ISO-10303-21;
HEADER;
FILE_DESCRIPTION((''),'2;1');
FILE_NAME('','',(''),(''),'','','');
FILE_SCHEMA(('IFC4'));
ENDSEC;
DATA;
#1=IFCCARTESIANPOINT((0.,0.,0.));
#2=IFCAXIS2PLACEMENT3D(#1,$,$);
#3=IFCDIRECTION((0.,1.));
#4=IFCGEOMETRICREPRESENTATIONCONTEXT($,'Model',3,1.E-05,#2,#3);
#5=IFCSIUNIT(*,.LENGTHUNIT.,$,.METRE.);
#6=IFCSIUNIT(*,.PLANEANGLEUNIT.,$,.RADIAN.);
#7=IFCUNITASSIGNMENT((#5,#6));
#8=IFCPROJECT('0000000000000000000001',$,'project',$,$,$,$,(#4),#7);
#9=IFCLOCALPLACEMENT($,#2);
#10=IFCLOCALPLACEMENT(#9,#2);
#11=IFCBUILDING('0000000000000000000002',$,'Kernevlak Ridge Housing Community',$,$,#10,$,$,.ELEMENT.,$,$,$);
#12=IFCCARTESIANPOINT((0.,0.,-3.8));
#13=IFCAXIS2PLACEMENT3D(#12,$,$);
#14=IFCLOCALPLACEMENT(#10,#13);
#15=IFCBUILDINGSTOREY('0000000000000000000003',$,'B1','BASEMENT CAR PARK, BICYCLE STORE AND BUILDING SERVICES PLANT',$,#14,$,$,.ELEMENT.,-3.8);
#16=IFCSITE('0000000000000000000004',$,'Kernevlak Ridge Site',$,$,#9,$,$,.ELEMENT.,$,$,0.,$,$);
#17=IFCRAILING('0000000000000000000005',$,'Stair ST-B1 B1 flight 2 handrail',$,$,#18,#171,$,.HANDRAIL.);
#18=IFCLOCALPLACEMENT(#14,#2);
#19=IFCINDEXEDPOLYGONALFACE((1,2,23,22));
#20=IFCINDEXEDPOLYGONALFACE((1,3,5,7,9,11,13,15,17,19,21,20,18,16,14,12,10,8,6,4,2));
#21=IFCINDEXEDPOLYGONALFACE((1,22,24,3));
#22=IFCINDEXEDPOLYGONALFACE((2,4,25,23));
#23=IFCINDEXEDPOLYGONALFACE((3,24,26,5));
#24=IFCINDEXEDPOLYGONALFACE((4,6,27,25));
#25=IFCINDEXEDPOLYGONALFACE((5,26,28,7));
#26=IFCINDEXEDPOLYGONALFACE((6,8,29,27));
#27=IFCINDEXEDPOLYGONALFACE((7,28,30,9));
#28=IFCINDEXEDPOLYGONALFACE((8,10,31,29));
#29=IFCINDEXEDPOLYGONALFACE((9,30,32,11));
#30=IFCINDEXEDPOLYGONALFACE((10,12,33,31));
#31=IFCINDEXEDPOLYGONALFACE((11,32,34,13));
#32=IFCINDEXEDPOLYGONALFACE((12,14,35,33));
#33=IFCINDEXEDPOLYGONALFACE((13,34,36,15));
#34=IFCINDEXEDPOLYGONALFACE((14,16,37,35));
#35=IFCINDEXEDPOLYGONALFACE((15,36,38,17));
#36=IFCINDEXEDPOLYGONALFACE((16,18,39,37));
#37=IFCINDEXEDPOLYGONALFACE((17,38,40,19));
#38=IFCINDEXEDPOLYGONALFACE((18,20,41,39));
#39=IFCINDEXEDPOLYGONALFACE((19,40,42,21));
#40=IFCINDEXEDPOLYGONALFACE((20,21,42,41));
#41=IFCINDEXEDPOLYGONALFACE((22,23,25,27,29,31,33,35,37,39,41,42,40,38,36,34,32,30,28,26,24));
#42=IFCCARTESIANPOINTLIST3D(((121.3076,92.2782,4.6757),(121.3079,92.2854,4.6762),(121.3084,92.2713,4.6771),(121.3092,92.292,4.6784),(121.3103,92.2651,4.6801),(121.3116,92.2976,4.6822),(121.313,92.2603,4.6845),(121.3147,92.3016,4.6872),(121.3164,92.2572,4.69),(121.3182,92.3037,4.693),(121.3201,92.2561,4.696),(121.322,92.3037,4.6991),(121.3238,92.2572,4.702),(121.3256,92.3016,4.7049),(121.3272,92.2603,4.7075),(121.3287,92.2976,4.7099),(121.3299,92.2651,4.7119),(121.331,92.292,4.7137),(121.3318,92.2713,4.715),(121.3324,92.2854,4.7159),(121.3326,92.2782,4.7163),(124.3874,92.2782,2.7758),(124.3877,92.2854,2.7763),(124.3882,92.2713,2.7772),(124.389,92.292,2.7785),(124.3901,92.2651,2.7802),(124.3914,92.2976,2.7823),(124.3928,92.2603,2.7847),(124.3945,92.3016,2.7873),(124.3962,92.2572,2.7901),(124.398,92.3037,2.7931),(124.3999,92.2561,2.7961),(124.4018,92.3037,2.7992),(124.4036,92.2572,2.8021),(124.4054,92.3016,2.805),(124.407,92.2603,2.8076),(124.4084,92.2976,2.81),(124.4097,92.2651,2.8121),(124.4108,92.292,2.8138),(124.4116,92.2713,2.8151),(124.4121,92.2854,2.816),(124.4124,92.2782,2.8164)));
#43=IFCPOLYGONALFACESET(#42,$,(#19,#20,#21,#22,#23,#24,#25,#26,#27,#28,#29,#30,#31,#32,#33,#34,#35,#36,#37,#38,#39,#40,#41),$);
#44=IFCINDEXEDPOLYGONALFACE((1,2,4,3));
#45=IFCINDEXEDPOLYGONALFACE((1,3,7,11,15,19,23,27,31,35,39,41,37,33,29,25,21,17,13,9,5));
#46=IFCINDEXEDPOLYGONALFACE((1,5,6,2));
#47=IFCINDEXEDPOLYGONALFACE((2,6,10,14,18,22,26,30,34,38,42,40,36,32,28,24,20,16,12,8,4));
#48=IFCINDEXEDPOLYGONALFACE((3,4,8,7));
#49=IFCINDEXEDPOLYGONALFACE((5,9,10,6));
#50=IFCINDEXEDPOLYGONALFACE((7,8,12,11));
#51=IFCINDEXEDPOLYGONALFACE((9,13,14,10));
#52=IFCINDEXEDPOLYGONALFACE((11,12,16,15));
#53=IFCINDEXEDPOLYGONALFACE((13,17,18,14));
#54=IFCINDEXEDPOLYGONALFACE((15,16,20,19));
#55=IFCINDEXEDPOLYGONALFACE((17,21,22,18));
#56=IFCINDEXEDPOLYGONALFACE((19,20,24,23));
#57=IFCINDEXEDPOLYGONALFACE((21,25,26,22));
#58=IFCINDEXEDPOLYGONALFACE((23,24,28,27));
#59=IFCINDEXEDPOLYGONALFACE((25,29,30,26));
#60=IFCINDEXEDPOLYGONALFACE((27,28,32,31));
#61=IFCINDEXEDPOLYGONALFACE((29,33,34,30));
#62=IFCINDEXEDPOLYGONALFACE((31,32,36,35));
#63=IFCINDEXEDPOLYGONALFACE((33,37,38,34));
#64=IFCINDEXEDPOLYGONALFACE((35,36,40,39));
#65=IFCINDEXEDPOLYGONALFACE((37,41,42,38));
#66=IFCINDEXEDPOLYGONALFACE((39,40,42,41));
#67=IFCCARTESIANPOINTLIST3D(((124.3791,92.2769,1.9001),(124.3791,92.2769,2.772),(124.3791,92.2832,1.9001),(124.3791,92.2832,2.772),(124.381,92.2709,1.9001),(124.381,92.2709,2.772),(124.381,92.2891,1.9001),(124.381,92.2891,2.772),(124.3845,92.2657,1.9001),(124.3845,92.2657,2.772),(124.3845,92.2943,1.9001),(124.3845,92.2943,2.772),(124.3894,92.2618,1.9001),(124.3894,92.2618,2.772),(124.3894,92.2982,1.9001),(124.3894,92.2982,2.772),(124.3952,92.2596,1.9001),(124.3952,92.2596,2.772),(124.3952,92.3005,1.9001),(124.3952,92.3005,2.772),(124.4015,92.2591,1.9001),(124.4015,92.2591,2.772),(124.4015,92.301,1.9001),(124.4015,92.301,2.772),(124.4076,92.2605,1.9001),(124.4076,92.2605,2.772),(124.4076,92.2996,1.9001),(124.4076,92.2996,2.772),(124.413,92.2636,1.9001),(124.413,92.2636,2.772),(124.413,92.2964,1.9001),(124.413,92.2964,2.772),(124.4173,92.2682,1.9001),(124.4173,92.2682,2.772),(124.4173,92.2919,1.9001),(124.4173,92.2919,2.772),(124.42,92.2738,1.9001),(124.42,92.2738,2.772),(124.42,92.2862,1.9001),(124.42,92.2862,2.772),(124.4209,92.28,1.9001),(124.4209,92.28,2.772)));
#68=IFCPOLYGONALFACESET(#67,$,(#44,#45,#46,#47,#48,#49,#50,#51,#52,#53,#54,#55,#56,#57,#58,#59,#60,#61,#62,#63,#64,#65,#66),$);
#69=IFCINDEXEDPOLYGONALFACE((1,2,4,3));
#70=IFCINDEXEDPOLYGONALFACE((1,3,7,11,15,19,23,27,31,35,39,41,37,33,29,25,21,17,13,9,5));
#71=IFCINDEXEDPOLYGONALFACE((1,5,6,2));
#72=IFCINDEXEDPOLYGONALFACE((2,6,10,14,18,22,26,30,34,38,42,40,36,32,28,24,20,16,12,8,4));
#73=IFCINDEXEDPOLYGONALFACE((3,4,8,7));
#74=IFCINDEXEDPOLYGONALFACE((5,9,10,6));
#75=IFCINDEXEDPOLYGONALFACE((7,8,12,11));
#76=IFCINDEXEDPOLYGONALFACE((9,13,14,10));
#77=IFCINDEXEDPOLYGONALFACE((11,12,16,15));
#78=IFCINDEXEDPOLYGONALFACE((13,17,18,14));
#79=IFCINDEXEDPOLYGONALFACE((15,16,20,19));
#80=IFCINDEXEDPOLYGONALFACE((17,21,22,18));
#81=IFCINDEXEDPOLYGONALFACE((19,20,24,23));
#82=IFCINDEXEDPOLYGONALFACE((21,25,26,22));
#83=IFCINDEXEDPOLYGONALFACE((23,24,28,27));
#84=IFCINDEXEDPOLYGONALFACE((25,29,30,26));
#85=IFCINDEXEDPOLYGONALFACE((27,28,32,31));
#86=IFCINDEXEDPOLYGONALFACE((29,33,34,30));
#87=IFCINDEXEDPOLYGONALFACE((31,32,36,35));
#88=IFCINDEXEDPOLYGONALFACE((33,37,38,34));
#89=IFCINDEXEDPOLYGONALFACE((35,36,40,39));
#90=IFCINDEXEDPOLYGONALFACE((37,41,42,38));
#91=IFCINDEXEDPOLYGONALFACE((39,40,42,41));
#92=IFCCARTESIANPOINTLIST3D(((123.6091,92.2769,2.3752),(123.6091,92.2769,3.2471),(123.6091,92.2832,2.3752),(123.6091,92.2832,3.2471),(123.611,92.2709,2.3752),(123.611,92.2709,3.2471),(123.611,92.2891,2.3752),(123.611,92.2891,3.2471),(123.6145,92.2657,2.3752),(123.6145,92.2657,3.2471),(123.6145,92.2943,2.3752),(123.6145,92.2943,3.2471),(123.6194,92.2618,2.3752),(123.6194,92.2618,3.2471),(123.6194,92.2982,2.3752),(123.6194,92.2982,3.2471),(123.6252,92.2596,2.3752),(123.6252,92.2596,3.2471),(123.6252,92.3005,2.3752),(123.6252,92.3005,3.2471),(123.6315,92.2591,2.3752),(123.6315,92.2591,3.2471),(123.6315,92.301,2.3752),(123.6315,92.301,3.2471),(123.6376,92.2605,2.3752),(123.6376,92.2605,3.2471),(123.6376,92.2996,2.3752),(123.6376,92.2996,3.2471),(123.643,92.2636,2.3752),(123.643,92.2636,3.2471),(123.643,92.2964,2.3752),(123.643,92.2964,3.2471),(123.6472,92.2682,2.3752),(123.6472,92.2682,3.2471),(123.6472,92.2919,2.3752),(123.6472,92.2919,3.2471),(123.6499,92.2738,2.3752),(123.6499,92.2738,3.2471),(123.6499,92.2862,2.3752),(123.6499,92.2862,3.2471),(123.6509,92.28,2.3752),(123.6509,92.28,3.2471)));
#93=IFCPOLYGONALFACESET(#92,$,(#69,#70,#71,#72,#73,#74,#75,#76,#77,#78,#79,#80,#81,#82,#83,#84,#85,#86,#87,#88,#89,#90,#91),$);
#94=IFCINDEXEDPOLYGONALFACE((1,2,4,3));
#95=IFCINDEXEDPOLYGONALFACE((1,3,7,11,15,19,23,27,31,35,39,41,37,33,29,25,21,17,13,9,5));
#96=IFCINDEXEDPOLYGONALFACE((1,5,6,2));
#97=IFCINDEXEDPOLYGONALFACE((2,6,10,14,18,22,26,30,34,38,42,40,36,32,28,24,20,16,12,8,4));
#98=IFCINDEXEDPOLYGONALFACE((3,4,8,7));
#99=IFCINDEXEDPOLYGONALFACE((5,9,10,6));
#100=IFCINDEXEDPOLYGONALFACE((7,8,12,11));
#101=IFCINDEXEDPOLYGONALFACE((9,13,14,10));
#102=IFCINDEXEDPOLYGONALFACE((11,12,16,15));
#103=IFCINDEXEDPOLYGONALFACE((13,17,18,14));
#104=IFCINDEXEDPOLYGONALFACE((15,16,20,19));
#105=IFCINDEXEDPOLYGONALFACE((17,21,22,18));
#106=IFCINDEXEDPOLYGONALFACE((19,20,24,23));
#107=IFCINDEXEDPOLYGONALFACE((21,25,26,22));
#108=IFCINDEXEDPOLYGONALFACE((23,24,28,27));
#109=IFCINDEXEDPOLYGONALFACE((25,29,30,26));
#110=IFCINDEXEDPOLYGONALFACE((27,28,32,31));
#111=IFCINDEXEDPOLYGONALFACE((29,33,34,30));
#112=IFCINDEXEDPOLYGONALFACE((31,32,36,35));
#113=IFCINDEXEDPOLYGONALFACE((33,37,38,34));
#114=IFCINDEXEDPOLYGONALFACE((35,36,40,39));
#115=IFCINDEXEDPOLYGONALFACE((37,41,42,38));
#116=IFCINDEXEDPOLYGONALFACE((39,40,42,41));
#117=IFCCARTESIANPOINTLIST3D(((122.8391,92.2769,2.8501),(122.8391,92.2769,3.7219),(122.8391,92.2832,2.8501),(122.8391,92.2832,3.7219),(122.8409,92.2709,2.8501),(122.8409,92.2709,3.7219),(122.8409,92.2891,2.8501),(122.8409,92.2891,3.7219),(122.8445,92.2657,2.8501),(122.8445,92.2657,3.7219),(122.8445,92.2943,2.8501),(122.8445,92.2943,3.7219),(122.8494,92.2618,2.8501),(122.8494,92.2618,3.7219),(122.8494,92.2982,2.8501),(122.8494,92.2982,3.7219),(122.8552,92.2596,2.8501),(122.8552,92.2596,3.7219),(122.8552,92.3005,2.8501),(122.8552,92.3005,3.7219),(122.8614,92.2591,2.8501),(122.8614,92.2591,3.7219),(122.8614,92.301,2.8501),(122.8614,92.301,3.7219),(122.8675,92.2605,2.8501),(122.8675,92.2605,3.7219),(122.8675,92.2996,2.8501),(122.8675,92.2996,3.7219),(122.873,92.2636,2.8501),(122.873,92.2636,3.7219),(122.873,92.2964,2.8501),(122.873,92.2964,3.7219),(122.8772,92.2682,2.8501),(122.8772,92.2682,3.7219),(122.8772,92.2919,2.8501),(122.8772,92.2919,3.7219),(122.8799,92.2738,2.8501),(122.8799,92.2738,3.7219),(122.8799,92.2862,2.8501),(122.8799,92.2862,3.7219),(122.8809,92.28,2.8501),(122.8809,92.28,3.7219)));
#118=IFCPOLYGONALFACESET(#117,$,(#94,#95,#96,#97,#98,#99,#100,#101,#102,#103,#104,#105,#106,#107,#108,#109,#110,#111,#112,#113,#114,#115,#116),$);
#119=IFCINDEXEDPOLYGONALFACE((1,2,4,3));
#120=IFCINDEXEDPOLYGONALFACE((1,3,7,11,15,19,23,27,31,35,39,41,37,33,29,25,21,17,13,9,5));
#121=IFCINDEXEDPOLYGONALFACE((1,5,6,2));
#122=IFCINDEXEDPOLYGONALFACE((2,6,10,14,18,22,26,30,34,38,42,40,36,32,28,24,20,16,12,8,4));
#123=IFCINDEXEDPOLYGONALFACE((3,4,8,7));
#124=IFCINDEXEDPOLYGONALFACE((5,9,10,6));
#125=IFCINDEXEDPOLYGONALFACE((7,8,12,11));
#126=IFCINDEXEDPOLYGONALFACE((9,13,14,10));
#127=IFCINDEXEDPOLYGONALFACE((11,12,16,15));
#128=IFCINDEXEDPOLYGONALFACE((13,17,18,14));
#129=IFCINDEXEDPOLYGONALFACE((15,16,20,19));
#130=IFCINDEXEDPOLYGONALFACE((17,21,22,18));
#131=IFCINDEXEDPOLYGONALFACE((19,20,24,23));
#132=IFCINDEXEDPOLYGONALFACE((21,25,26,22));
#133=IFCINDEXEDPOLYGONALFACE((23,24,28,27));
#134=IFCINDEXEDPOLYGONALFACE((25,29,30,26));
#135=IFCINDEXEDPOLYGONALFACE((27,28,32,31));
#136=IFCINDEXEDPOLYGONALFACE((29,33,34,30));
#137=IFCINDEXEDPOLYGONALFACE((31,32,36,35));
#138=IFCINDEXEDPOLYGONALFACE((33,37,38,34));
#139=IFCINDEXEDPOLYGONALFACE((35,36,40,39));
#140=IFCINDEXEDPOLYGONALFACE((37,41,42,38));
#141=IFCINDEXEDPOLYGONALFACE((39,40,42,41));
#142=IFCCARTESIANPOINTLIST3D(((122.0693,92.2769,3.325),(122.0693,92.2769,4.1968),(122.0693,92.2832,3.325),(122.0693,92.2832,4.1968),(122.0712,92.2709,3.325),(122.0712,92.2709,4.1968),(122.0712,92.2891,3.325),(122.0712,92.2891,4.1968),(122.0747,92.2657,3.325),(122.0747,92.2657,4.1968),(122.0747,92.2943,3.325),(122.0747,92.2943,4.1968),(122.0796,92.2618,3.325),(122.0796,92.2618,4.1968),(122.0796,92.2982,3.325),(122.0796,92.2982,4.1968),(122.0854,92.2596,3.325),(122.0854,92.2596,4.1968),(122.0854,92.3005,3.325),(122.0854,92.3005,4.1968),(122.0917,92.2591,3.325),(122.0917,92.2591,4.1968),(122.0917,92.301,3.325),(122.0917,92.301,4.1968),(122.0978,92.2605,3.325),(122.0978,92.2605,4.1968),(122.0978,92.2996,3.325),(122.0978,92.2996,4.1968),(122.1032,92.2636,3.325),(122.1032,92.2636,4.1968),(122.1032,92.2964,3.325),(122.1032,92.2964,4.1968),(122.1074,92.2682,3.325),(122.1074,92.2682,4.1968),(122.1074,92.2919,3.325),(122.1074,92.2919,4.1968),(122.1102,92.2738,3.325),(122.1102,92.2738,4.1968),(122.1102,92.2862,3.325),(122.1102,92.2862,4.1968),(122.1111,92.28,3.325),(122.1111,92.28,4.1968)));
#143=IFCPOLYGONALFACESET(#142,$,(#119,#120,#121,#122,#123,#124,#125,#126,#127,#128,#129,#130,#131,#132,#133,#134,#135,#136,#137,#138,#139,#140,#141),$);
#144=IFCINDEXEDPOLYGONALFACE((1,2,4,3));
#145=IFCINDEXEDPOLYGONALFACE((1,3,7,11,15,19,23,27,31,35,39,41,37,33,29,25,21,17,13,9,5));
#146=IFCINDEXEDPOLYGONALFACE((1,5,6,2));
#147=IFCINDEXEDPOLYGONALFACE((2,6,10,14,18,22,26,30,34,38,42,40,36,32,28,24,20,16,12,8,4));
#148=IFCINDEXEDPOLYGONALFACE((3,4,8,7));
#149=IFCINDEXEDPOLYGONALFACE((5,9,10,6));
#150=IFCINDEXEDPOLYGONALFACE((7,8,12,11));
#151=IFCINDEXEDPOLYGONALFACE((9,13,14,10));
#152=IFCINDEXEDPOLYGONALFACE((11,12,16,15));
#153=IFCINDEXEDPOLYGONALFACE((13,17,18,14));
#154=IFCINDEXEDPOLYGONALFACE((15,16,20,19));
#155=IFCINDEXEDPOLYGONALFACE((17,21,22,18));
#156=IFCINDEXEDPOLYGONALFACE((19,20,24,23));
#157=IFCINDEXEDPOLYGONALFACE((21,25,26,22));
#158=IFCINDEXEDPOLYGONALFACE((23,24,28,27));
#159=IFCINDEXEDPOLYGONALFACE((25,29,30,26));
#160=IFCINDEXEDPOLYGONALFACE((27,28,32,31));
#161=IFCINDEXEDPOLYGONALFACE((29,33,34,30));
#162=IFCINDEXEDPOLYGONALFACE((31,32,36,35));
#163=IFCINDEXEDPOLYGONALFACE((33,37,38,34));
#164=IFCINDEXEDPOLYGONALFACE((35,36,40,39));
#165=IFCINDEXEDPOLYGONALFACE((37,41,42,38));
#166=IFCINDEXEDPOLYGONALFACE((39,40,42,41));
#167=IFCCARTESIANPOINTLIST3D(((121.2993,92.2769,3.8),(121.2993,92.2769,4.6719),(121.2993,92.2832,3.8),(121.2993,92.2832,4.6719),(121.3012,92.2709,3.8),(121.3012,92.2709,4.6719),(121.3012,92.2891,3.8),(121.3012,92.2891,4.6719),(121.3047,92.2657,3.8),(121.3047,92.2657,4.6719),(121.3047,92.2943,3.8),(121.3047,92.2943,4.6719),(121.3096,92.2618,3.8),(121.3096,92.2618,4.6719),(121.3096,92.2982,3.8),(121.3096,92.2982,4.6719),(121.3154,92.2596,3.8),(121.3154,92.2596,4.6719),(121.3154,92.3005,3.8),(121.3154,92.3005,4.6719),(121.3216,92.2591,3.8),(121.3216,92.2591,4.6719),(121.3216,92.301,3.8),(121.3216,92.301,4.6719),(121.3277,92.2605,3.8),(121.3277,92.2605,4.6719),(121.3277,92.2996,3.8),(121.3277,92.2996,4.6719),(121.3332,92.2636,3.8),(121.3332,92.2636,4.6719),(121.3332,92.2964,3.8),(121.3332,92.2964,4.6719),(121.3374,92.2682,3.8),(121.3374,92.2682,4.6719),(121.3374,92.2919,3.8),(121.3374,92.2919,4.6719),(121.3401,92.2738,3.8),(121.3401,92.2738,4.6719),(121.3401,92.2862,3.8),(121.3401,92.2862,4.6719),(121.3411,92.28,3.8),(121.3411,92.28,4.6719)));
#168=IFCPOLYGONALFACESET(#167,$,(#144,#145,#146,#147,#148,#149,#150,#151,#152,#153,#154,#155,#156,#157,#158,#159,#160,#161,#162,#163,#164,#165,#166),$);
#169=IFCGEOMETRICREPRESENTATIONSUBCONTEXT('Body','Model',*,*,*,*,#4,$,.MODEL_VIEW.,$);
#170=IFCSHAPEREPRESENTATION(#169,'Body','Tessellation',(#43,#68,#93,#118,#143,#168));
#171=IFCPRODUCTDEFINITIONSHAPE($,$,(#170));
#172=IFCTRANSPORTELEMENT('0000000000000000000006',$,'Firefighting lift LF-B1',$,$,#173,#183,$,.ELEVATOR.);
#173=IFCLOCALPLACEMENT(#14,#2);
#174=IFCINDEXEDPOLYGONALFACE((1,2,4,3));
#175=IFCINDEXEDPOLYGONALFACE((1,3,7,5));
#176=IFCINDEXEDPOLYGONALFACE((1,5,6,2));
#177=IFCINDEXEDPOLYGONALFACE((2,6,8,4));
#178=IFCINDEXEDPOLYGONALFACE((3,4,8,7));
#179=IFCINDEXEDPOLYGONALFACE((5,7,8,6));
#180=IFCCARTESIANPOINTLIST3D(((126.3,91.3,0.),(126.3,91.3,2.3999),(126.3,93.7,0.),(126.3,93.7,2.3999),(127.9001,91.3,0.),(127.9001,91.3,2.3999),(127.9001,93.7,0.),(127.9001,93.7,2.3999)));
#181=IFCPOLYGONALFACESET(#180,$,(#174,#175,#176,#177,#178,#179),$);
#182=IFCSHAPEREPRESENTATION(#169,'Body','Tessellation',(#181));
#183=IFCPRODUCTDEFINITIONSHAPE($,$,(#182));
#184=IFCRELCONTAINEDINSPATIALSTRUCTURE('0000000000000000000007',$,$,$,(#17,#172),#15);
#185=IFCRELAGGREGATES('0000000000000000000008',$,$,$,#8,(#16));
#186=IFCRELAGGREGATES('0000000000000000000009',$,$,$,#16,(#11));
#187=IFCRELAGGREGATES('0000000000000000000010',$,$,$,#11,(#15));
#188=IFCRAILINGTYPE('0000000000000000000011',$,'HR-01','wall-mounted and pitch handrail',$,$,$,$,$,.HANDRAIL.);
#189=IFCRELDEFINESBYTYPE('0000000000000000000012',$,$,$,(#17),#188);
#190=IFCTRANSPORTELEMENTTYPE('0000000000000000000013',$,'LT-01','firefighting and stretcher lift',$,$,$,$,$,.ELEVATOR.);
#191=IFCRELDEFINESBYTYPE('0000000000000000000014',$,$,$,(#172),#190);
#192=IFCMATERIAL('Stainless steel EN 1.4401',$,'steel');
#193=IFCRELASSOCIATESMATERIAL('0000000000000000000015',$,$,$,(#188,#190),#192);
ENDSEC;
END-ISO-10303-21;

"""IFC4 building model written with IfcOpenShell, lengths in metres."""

from ifc_helpers import new_model, si_unit, direction, frame, origin, origin_2d, place, context, subcontext, project, spatial, rectangle, circle, extrude, material, type_object, element, save


model = new_model("IFC4")

# Units and contexts
model_context = context("Model", 3, precision=1e-05, world=origin(), true_north=direction((0.0, 1.0)))
body_context = subcontext(model_context, "Body", "Model", "MODEL_VIEW")
ifc_project = project(units=[si_unit("LENGTHUNIT", "METRE"), si_unit("PLANEANGLEUNIT", "RADIAN")], contexts=[model_context])

# Site, building, storey
site_placement = place(None, origin())
site = spatial("IfcSite", under=ifc_project, at=site_placement, Name="Kernevlak Ridge Site", CompositionType="ELEMENT", RefElevation=0.0)
building_placement = place(site_placement, origin())
building = spatial("IfcBuilding", under=site, at=building_placement, Name="Kernevlak Ridge Housing Community", CompositionType="ELEMENT")
storey_placement = place(building_placement, frame((0.0, 0.0, -3.8)))
storey = spatial("IfcBuildingStorey", under=building, at=storey_placement, Name="B1", Description="BASEMENT CAR PARK, BICYCLE STORE AND BUILDING SERVICES PLANT", CompositionType="ELEMENT", Elevation=-3.8)

# Railing
ifc_material_1 = material(Name="Stainless steel EN 1.4401", Category="steel")
railing_type = type_object("IfcRailingType", Name="HR-01", Description="wall-mounted and pitch handrail", PredefinedType="HANDRAIL", material=ifc_material_1)
railing_placement = place(storey_placement, frame((124.3999, 92.28, 1.9001)))
element("IfcRailing", 1, at=railing_placement, inside=storey, type_object=railing_type, Name="Stair ST-B1 B1 flight 2 handrail", PredefinedType="HANDRAIL", context=body_context, shape_type="SweptSolid", body=[
    extrude(circle(Radius=0.0239, at=origin_2d()), frame((0.0, 0.0, 0.896), z_axis=(-0.851088, 0.0, 0.525023), x_axis=(0.0, -1.0, 0.0)), (0.0, 0.0, 1.0), 3.6187),
    extrude(circle(Radius=0.021, at=origin_2d()), origin(), (0.0, 0.0, 1.0), 0.8718),
    extrude(circle(Radius=0.021, at=origin_2d()), frame((-0.77, 0.0, 0.4751)), (0.0, 0.0, 1.0), 0.8718),
    extrude(circle(Radius=0.021, at=origin_2d()), frame((-1.54, 0.0, 0.95)), (0.0, 0.0, 1.0), 0.8718),
    extrude(circle(Radius=0.021, at=origin_2d()), frame((-2.3098, 0.0, 1.4248)), (0.0, 0.0, 1.0), 0.8718),
    extrude(circle(Radius=0.021, at=origin_2d()), frame((-3.0798, 0.0, 1.8999)), (0.0, 0.0, 1.0), 0.8718),
])

# Transport element
transport_element_type = type_object("IfcTransportElementType", Name="LT-01", Description="firefighting and stretcher lift", PredefinedType="ELEVATOR", material=ifc_material_1)
transport_element_placement = place(storey_placement, frame((127.1001, 92.5, 0.0), z_axis=(0.0, 0.0, 1.0), x_axis=(1.0, 0.0, 0.0)))
element("IfcTransportElement", 2, at=transport_element_placement, inside=storey, type_object=transport_element_type, Name="Firefighting lift LF-B1", PredefinedType="ELEVATOR", context=body_context, shape_type="SweptSolid", body=[
    extrude(rectangle(XDim=1.6001, YDim=2.3999, at=origin_2d()), origin(), (0.0, 0.0, 1.0), 2.3999),
])

save(model, "model.ifc")
